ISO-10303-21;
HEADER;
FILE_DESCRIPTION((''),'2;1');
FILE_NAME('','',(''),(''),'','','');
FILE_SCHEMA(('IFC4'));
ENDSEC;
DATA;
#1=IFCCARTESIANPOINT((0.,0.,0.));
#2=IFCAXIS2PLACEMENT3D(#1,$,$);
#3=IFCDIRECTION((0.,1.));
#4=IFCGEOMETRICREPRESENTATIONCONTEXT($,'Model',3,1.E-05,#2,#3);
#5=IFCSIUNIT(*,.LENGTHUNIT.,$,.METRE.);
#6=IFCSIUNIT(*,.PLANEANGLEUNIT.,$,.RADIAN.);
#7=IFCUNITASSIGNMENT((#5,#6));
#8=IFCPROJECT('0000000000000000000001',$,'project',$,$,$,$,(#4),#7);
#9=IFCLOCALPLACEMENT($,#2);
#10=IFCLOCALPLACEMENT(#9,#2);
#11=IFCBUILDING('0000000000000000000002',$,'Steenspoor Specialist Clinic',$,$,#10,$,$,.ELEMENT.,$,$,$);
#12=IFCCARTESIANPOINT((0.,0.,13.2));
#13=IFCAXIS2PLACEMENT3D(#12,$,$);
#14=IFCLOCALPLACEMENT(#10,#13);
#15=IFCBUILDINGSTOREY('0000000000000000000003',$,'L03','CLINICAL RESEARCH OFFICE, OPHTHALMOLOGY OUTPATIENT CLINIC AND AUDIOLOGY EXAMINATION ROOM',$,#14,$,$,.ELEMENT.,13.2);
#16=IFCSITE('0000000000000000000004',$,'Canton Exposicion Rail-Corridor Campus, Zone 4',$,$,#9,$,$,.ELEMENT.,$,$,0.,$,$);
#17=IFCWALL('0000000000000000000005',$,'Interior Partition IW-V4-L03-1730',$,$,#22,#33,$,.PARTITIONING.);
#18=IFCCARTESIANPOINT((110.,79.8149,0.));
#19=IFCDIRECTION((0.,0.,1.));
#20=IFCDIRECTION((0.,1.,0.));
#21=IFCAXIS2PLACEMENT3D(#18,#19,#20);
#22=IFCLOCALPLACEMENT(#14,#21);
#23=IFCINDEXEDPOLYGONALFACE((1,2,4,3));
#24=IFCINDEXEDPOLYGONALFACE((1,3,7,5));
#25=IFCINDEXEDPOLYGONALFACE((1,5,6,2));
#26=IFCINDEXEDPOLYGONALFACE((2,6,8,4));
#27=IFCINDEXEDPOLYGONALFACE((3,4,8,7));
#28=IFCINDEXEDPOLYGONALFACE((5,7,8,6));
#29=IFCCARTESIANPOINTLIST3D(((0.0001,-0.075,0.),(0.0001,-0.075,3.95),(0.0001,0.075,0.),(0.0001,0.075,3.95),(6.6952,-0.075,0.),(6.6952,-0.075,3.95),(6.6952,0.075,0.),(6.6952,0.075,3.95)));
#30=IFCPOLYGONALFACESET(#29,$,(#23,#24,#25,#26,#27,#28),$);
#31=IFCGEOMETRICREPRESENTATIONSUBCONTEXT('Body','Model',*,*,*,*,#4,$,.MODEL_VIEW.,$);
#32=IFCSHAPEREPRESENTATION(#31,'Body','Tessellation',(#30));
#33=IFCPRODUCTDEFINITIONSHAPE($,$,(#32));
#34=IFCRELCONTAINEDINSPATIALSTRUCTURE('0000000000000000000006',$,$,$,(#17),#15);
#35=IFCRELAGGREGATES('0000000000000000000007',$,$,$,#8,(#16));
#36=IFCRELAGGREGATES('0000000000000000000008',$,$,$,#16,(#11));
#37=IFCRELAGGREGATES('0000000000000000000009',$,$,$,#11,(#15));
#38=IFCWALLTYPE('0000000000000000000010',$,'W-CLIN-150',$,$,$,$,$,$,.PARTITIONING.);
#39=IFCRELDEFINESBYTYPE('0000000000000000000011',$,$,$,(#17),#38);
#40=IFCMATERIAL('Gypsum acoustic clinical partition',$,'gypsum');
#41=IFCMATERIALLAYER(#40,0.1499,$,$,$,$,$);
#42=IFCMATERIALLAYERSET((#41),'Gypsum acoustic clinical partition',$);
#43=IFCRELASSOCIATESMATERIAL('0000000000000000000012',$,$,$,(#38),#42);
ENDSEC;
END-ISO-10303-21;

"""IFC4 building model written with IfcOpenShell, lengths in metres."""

from ifc_helpers import new_model, si_unit, direction, frame, frame_2d, origin, place, context, subcontext, project, spatial, rectangle, extrude, material, layer, layer_set, type_object, element, save


model = new_model("IFC4")

# Units and contexts
model_context = context("Model", 3, precision=1e-05, world=origin(), true_north=direction((0.0, 1.0)))
body_context = subcontext(model_context, "Body", "Model", "MODEL_VIEW")
ifc_project = project(units=[si_unit("LENGTHUNIT", "METRE"), si_unit("PLANEANGLEUNIT", "RADIAN")], contexts=[model_context])

# Site, building, storey
site_placement = place(None, origin())
site = spatial("IfcSite", under=ifc_project, at=site_placement, Name="Canton Exposicion Rail-Corridor Campus, Zone 4", CompositionType="ELEMENT", RefElevation=0.0)
building_placement = place(site_placement, origin())
building = spatial("IfcBuilding", under=site, at=building_placement, Name="Steenspoor Specialist Clinic", CompositionType="ELEMENT")
storey_placement = place(building_placement, frame((0.0, 0.0, 13.2)))
storey = spatial("IfcBuildingStorey", under=building, at=storey_placement, Name="L03", Description="CLINICAL RESEARCH OFFICE, OPHTHALMOLOGY OUTPATIENT CLINIC AND AUDIOLOGY EXAMINATION ROOM", CompositionType="ELEMENT", Elevation=13.2)

# Wall
ifc_material_1 = material(Name="Gypsum acoustic clinical partition", Category="gypsum")
ifc_layer_1 = layer(ifc_material_1, 0.1499)
ifc_layer_set_1 = layer_set([ifc_layer_1], Name="Gypsum acoustic clinical partition")
wall_type_1 = type_object("IfcWallType", Name="W-CLIN-150", PredefinedType="PARTITIONING", material=ifc_layer_set_1)
wall_1_placement = place(storey_placement, frame((110.0, 79.8149, 0.0), z_axis=(0.0, 0.0, 1.0), x_axis=(0.0, 1.0, 0.0)))
element("IfcWall", 1, at=wall_1_placement, inside=storey, type_object=wall_type_1, Name="Interior Partition IW-V4-L03-1730", PredefinedType="PARTITIONING", context=body_context, shape_type="SweptSolid", body=[
    extrude(rectangle(XDim=6.6951, YDim=0.1499, at=frame_2d((3.3477, 0.0))), origin(), (0.0, 0.0, 1.0), 3.95),
])

save(model, "model.ifc")
